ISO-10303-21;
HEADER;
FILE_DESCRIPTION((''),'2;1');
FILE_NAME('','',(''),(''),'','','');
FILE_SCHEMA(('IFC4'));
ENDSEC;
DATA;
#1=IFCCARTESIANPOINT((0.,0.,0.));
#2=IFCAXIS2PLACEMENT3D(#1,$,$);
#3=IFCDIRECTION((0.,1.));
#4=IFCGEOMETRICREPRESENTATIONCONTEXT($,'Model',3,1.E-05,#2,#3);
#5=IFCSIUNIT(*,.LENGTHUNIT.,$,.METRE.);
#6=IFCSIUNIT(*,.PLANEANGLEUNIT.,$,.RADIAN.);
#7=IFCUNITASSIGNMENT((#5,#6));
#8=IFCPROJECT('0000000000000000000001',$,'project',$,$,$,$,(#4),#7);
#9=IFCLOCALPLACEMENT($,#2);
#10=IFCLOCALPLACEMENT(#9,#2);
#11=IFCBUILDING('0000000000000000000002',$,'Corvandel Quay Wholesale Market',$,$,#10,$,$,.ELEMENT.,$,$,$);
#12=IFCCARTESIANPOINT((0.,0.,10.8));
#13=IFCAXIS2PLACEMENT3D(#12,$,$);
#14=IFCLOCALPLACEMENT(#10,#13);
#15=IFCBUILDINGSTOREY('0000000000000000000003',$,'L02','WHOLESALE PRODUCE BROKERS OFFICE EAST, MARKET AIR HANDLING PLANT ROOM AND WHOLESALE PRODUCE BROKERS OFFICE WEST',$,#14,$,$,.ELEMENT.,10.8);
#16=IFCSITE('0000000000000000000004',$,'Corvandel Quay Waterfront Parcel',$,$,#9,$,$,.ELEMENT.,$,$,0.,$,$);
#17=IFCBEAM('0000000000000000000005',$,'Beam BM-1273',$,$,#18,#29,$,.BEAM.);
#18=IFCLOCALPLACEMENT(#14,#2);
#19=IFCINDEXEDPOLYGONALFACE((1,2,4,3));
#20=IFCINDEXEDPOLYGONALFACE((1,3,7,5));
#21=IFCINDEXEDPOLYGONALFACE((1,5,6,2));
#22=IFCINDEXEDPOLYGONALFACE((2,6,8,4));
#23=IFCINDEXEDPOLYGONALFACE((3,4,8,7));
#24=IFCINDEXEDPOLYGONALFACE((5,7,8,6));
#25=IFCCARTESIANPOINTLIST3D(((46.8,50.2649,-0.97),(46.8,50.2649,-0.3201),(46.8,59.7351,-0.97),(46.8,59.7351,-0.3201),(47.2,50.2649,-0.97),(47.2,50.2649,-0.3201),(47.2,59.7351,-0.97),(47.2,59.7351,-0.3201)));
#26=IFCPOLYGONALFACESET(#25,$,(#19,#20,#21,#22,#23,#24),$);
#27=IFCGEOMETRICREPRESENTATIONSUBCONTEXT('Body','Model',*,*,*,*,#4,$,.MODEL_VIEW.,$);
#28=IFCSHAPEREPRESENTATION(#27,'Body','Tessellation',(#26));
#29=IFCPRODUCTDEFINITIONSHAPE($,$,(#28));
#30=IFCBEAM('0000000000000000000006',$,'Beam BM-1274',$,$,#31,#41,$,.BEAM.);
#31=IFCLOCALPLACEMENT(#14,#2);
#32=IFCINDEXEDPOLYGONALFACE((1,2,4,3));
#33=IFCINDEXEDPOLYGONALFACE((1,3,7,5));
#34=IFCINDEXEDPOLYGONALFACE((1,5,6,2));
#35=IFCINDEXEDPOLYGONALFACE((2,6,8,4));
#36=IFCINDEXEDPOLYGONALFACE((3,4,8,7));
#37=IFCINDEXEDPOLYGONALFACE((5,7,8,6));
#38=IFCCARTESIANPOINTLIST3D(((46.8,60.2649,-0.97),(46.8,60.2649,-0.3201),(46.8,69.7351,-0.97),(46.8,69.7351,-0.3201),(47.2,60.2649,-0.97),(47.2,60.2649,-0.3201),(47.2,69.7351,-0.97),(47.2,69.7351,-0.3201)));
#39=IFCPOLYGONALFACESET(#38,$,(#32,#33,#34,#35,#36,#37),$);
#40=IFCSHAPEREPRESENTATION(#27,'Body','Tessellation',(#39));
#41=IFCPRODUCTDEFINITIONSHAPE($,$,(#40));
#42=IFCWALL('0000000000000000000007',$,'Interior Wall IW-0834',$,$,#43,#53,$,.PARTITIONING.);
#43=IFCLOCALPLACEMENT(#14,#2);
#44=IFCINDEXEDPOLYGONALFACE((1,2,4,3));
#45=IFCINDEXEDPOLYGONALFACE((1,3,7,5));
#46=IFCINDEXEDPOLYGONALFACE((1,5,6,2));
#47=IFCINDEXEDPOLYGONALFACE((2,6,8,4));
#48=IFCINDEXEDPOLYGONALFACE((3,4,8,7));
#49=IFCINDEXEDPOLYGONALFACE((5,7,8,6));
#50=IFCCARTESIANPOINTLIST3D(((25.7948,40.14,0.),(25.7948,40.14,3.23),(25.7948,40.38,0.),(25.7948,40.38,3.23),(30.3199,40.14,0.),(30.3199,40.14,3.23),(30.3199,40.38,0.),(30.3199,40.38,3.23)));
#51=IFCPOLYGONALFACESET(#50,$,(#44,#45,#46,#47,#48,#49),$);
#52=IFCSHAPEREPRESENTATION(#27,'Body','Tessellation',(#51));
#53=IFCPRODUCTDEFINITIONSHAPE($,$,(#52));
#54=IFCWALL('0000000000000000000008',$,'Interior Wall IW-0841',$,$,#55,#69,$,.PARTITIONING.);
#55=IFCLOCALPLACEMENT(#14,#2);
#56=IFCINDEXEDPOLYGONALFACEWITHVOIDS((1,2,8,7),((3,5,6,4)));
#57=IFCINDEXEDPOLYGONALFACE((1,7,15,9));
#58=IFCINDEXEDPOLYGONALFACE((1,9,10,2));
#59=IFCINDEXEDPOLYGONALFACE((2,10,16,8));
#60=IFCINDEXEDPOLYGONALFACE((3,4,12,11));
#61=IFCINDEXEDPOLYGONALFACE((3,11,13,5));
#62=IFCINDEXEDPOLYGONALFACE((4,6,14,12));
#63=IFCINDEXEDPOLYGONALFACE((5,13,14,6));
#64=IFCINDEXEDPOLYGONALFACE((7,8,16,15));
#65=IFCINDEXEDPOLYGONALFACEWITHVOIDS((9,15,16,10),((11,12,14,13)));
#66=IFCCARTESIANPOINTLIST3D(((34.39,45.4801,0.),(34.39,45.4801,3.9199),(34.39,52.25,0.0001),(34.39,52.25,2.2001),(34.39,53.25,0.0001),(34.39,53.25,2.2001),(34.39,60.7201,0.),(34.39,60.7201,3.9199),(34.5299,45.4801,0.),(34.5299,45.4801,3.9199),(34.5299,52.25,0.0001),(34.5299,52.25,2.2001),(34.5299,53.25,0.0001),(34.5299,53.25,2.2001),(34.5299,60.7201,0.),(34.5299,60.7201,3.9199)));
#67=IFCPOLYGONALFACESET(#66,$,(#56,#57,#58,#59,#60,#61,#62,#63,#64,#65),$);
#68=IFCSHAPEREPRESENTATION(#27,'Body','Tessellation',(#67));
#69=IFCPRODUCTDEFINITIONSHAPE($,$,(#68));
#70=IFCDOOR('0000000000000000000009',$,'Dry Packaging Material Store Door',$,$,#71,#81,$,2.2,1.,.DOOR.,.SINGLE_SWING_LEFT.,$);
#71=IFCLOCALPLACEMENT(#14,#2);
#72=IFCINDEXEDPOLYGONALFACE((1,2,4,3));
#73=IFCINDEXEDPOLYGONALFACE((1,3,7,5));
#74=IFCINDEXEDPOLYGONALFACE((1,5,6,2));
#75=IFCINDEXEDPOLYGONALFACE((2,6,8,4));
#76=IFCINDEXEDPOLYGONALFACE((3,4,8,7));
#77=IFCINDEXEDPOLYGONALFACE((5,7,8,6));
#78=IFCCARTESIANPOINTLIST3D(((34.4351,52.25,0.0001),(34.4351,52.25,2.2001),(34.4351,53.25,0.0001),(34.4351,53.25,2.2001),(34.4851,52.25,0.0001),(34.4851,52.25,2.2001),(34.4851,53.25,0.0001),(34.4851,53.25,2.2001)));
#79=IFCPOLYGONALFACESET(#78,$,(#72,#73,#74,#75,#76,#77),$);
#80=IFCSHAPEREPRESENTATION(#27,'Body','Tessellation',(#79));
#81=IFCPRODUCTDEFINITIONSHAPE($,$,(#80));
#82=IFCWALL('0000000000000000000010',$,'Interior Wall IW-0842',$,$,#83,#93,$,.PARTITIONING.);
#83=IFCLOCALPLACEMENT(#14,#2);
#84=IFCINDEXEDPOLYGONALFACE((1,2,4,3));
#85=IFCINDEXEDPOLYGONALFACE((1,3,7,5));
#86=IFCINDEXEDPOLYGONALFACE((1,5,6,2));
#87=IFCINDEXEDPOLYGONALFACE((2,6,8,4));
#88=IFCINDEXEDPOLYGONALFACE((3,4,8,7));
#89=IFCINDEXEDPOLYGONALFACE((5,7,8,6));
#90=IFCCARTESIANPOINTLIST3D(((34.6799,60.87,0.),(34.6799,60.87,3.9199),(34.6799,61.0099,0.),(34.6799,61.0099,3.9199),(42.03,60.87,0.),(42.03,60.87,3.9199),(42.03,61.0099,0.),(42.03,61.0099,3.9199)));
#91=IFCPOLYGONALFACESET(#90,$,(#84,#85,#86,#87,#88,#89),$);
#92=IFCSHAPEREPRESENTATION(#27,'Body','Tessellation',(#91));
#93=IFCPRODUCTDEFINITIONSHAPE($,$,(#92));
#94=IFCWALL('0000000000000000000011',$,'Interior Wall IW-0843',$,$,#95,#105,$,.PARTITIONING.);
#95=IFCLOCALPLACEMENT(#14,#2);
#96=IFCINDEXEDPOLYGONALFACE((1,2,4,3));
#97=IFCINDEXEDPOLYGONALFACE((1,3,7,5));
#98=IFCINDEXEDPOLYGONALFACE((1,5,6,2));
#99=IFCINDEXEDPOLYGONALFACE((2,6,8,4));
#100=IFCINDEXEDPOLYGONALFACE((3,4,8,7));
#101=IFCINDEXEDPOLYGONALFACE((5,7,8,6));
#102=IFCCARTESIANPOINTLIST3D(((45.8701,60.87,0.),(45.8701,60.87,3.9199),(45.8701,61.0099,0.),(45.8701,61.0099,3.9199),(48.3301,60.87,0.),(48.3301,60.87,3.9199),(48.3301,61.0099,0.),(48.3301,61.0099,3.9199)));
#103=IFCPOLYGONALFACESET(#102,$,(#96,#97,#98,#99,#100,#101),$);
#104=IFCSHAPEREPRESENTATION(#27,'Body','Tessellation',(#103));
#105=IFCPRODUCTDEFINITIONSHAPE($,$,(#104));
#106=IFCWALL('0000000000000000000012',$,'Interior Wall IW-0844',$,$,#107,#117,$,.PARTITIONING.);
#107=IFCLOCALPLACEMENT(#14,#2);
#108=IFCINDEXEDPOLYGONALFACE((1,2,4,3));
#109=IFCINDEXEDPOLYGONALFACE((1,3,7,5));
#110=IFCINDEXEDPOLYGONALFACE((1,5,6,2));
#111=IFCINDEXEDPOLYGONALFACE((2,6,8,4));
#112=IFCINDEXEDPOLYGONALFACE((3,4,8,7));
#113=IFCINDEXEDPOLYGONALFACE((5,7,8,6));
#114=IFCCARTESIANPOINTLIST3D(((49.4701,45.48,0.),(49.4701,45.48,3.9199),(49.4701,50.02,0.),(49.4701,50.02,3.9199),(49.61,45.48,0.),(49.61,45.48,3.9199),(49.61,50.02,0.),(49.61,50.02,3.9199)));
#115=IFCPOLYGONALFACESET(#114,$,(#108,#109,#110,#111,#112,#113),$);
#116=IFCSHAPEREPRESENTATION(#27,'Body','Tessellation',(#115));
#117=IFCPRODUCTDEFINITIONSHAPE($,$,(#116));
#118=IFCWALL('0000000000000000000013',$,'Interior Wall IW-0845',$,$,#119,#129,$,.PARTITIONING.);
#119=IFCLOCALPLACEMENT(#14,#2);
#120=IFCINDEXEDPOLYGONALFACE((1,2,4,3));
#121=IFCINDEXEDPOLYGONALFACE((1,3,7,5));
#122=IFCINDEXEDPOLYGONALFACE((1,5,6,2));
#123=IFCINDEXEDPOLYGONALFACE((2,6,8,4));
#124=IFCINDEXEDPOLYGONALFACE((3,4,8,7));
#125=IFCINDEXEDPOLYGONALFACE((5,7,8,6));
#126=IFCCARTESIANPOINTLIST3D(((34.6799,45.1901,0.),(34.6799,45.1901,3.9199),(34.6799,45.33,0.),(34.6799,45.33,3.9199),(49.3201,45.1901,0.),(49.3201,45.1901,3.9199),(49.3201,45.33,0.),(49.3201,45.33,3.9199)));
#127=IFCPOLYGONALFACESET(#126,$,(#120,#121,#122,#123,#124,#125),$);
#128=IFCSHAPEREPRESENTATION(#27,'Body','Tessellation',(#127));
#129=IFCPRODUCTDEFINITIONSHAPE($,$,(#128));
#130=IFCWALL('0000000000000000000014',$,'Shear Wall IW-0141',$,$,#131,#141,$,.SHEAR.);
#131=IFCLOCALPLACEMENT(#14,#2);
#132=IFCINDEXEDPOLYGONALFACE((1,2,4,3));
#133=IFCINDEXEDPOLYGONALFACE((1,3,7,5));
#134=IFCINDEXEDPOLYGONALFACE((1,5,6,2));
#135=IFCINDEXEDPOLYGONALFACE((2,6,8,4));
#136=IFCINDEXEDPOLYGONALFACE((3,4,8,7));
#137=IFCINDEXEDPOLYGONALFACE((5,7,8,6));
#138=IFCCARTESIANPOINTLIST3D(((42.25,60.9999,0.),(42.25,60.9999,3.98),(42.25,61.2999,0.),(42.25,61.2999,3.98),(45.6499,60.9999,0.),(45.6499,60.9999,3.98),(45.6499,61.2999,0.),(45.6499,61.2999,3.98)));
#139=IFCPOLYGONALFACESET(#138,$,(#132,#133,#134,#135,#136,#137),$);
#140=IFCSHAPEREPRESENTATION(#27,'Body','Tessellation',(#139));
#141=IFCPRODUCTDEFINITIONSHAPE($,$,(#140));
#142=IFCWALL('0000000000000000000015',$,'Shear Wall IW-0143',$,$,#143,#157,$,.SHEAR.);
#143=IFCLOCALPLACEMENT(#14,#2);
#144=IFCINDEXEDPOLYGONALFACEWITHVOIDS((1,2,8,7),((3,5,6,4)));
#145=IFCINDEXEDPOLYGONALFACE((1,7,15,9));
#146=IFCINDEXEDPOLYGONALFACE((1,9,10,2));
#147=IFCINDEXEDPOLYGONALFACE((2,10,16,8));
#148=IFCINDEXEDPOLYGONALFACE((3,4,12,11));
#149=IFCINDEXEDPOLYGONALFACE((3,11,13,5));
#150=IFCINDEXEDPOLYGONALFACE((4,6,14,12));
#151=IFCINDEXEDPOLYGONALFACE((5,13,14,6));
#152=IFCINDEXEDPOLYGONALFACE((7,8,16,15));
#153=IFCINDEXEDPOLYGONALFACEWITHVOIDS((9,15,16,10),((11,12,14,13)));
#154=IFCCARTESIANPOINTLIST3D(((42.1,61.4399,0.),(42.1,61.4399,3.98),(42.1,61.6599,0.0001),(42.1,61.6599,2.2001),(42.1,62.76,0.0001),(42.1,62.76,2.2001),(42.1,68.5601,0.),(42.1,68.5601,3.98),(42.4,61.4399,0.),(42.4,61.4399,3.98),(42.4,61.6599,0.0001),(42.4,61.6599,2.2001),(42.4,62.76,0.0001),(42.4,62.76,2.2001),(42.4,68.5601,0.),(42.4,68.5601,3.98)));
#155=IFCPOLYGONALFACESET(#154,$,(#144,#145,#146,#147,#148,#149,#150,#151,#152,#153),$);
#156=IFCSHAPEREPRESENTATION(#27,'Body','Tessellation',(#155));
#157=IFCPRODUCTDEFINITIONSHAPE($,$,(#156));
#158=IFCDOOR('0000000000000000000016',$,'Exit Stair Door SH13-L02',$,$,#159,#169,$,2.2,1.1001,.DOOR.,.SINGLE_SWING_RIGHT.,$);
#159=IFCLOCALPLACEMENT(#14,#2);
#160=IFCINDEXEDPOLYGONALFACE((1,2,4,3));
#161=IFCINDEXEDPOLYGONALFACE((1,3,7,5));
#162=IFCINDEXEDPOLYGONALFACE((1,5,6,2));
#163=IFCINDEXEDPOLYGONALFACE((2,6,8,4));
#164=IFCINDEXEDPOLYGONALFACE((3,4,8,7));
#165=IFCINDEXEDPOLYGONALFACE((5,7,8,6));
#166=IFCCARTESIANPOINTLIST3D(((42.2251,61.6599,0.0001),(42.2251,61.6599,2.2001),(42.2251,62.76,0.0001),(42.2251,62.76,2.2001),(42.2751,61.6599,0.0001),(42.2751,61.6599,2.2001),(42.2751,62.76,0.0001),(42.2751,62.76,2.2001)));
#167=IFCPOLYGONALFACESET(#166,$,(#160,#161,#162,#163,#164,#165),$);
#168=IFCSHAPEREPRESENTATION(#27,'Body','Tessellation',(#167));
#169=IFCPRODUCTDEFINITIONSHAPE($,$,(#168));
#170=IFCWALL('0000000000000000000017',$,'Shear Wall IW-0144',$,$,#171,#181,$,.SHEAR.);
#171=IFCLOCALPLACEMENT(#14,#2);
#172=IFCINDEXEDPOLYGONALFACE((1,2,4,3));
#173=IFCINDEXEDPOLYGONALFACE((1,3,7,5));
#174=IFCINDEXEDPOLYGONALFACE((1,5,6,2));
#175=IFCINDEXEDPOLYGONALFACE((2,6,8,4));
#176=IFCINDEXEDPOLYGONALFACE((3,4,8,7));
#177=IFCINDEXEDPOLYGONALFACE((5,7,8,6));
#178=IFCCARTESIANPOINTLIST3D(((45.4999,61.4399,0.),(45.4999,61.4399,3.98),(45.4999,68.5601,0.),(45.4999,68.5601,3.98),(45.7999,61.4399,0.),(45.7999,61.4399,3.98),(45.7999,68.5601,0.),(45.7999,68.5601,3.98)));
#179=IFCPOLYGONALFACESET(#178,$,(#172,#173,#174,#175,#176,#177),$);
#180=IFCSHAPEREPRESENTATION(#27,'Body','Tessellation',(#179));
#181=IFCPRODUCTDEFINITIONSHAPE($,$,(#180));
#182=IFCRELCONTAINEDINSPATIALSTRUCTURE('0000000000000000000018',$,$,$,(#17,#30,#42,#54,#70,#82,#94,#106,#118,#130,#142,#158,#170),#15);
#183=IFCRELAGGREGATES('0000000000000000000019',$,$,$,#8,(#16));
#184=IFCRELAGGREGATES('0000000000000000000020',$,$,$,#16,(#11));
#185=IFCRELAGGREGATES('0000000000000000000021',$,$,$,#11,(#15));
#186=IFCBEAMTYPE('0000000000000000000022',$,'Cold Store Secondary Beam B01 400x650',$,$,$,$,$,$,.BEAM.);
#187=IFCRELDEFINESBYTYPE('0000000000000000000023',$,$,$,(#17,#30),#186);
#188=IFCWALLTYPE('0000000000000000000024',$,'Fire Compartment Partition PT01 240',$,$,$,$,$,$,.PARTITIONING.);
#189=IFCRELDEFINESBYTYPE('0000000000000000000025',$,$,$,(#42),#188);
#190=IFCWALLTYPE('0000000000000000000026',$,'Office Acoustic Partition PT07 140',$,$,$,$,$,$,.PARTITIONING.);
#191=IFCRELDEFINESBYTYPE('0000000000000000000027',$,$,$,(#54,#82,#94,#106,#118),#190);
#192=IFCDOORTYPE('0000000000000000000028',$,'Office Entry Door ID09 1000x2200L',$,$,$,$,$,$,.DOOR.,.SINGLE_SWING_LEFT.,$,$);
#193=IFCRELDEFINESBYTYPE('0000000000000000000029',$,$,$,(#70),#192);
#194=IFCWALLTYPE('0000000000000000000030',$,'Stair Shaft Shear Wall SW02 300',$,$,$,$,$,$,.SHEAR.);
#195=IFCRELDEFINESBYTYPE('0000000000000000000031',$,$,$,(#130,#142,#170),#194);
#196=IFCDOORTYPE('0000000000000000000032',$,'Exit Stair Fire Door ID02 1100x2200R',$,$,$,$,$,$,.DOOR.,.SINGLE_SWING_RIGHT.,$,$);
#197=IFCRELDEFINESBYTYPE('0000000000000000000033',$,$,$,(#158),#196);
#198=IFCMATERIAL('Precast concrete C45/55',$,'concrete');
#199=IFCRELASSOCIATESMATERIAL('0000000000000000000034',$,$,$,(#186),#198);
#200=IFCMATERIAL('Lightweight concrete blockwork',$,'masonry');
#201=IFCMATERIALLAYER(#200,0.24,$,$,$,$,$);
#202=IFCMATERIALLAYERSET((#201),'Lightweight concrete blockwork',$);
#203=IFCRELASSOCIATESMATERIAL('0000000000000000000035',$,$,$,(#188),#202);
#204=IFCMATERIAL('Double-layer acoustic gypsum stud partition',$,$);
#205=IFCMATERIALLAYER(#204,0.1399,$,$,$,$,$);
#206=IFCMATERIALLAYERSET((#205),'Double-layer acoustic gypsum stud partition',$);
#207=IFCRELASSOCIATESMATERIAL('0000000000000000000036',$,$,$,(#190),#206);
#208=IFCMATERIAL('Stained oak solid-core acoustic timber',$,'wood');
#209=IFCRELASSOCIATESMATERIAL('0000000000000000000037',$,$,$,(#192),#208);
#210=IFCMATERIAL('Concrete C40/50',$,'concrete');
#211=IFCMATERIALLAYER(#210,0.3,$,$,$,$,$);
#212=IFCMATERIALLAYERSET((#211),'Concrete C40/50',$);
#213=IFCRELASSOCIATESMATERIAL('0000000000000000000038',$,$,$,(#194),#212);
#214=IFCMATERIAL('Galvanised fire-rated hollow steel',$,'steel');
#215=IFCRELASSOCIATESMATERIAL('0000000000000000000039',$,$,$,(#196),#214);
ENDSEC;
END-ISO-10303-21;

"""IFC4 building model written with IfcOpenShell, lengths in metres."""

from ifc_helpers import new_model, si_unit, direction, frame, frame_2d, origin, origin_2d, place, context, subcontext, project, spatial, rectangle, extrude, material, layer, layer_set, material_profile, profile_set, type_object, element, fill, save


model = new_model("IFC4")

# Units and contexts
model_context = context("Model", 3, precision=1e-05, world=origin(), true_north=direction((0.0, 1.0)))
body_context = subcontext(model_context, "Body", "Model", "MODEL_VIEW")
ifc_project = project(units=[si_unit("LENGTHUNIT", "METRE"), si_unit("PLANEANGLEUNIT", "RADIAN")], contexts=[model_context])

# Site, building, storey
site_placement = place(None, origin())
site = spatial("IfcSite", under=ifc_project, at=site_placement, Name="Corvandel Quay Waterfront Parcel", CompositionType="ELEMENT", RefElevation=0.0)
building_placement = place(site_placement, origin())
building = spatial("IfcBuilding", under=site, at=building_placement, Name="Corvandel Quay Wholesale Market", CompositionType="ELEMENT")
storey_placement = place(building_placement, frame((0.0, 0.0, 10.8)))
storey = spatial("IfcBuildingStorey", under=building, at=storey_placement, Name="L02", Description="WHOLESALE PRODUCE BROKERS OFFICE EAST, MARKET AIR HANDLING PLANT ROOM AND WHOLESALE PRODUCE BROKERS OFFICE WEST", CompositionType="ELEMENT", Elevation=10.8)

# Shared definitions
ifc_material_1 = material(Name="Precast concrete C45/55", Category="concrete")

# Beams
ifc_material_profile_1 = material_profile(ifc_material_1, rectangle(XDim=0.3999, YDim=0.6499, at=origin_2d()), Name="PC-BM-400x650")
ifc_profile_set_1 = profile_set([ifc_material_profile_1], Name="Precast concrete C45/55")
beam_type_1 = type_object("IfcBeamType", Name="Cold Store Secondary Beam B01 400x650", PredefinedType="BEAM", material=ifc_profile_set_1)
for number, where, z_axis, x_axis, name in (
    (1, (47.0, 50.2649, -0.645), (0.0, 1.0, 0.0), (-1.0, 0.0, 0.0), "Beam BM-1273"),
    (2, (47.0, 60.2649, -0.645), (0.0, 1.0, 0.0), (-1.0, 0.0, 0.0), "Beam BM-1274"),
):
    element("IfcBeam", number, at=place(storey_placement, frame(where, z_axis=z_axis, x_axis=x_axis)), inside=storey, type_object=beam_type_1, Name=name, PredefinedType="BEAM", context=body_context, shape_type="SweptSolid", body=[
        extrude(rectangle(XDim=0.3999, YDim=0.6499, at=origin_2d()), origin(), (0.0, 0.0, 1.0), 9.4702),
    ])

# Wall
ifc_material_2 = material(Name="Lightweight concrete blockwork", Category="masonry")
ifc_layer_1 = layer(ifc_material_2, 0.24)
ifc_layer_set_1 = layer_set([ifc_layer_1], Name="Lightweight concrete blockwork")
wall_type_1 = type_object("IfcWallType", Name="Fire Compartment Partition PT01 240", PredefinedType="PARTITIONING", material=ifc_layer_set_1)
wall_1_placement = place(storey_placement, frame((30.3201, 40.26, 0.0), z_axis=(0.0, 0.0, 1.0), x_axis=(-1.0, 0.0, 0.0)))
element("IfcWall", 3, at=wall_1_placement, inside=storey, type_object=wall_type_1, Name="Interior Wall IW-0834", PredefinedType="PARTITIONING", context=body_context, shape_type="SweptSolid", body=[
    extrude(rectangle(XDim=4.5251, YDim=0.24, at=frame_2d((2.2627, 0.0))), origin(), (0.0, 0.0, 1.0), 3.23),
])

# Wall, opening, door
ifc_material_3 = material(Name="Double-layer acoustic gypsum stud partition")
ifc_layer_2 = layer(ifc_material_3, 0.1399)
ifc_layer_set_2 = layer_set([ifc_layer_2], Name="Double-layer acoustic gypsum stud partition")
wall_type_2 = type_object("IfcWallType", Name="Office Acoustic Partition PT07 140", PredefinedType="PARTITIONING", material=ifc_layer_set_2)
wall_2_placement = place(storey_placement, frame((34.46, 45.48, 0.0), z_axis=(0.0, 0.0, 1.0), x_axis=(0.0, 1.0, 0.0)))
wall_2 = element("IfcWall", 4, at=wall_2_placement, inside=storey, type_object=wall_type_2, Name="Interior Wall IW-0841", PredefinedType="PARTITIONING", context=body_context, shape_type="SweptSolid", body=[
    extrude(rectangle(XDim=15.24, YDim=0.1399, at=frame_2d((7.6201, 0.0))), origin(), (0.0, 0.0, 1.0), 3.9199),
])
opening_1_placement = place(wall_2_placement, frame((6.77, 0.0, 0.0)))
opening_1 = element("IfcOpeningElement", 5, at=opening_1_placement, cuts=wall_2, PredefinedType="OPENING", context=body_context, shape_type="SweptSolid", body=[
    extrude(rectangle(XDim=1.0, YDim=2.2, at=frame_2d((0.5, 1.1001))), frame((0.0, 0.0798, 0.0), z_axis=(0.0, -1.0, 0.0), x_axis=(1.0, 0.0, 0.0)), (0.0, 0.0, 1.0), 0.1599),
])
ifc_material_4 = material(Name="Stained oak solid-core acoustic timber", Category="wood")
door_type_1 = type_object("IfcDoorType", Name="Office Entry Door ID09 1000x2200L", OperationType="SINGLE_SWING_LEFT", PredefinedType="DOOR", material=ifc_material_4)
door_1_placement = place(opening_1_placement, origin())
door_1 = element("IfcDoor", 6, at=door_1_placement, inside=storey, type_object=door_type_1, Name="Dry Packaging Material Store Door", OperationType="SINGLE_SWING_LEFT", OverallHeight=2.2, OverallWidth=1.0, PredefinedType="DOOR", context=body_context, shape_type="SweptSolid", body=[
    extrude(rectangle(XDim=1.0, YDim=2.2, at=frame_2d((0.5, 1.1001))), frame((0.0, 0.0249, 0.0), z_axis=(0.0, -1.0, 0.0), x_axis=(1.0, 0.0, 0.0)), (0.0, 0.0, 1.0), 0.05),
])
fill(opening_1, door_1)

# Walls
wall_3_placement = place(storey_placement, frame((34.6799, 60.9399, 0.0), z_axis=(0.0, 0.0, 1.0), x_axis=(1.0, 0.0, 0.0)))
element("IfcWall", 7, at=wall_3_placement, inside=storey, type_object=wall_type_2, Name="Interior Wall IW-0842", PredefinedType="PARTITIONING", context=body_context, shape_type="SweptSolid", body=[
    extrude(rectangle(XDim=7.3501, YDim=0.1399, at=frame_2d((3.675, 0.0))), origin(), (0.0, 0.0, 1.0), 3.9199),
])
wall_4_placement = place(storey_placement, frame((45.8701, 60.9399, 0.0), z_axis=(0.0, 0.0, 1.0), x_axis=(1.0, 0.0, 0.0)))
element("IfcWall", 8, at=wall_4_placement, inside=storey, type_object=wall_type_2, Name="Interior Wall IW-0843", PredefinedType="PARTITIONING", context=body_context, shape_type="SweptSolid", body=[
    extrude(rectangle(XDim=2.46, YDim=0.1399, at=frame_2d((1.23, 0.0))), origin(), (0.0, 0.0, 1.0), 3.9199),
])
wall_5_placement = place(storey_placement, frame((49.54, 50.02, 0.0), z_axis=(0.0, 0.0, 1.0), x_axis=(0.0, -1.0, 0.0)))
element("IfcWall", 9, at=wall_5_placement, inside=storey, type_object=wall_type_2, Name="Interior Wall IW-0844", PredefinedType="PARTITIONING", context=body_context, shape_type="SweptSolid", body=[
    extrude(rectangle(XDim=4.54, YDim=0.1399, at=frame_2d((2.27, 0.0))), origin(), (0.0, 0.0, 1.0), 3.9199),
])
wall_6_placement = place(storey_placement, frame((49.3201, 45.26, 0.0), z_axis=(0.0, 0.0, 1.0), x_axis=(-1.0, 0.0, 0.0)))
element("IfcWall", 10, at=wall_6_placement, inside=storey, type_object=wall_type_2, Name="Interior Wall IW-0845", PredefinedType="PARTITIONING", context=body_context, shape_type="SweptSolid", body=[
    extrude(rectangle(XDim=14.6401, YDim=0.1399, at=frame_2d((7.3201, 0.0))), origin(), (0.0, 0.0, 1.0), 3.9199),
])
ifc_material_5 = material(Name="Concrete C40/50", Category="concrete")
ifc_layer_3 = layer(ifc_material_5, 0.3)
ifc_layer_set_3 = layer_set([ifc_layer_3], Name="Concrete C40/50")
wall_type_3 = type_object("IfcWallType", Name="Stair Shaft Shear Wall SW02 300", PredefinedType="SHEAR", material=ifc_layer_set_3)
wall_7_placement = place(storey_placement, frame((42.25, 61.1499, 0.0), z_axis=(0.0, 0.0, 1.0), x_axis=(1.0, 0.0, 0.0)))
element("IfcWall", 11, at=wall_7_placement, inside=storey, type_object=wall_type_3, Name="Shear Wall IW-0141", PredefinedType="SHEAR", context=body_context, shape_type="SweptSolid", body=[
    extrude(rectangle(XDim=3.3999, YDim=0.3, at=frame_2d((1.7, 0.0))), origin(), (0.0, 0.0, 1.0), 3.98),
])

# Wall, opening, door
wall_8_placement = place(storey_placement, frame((42.25, 61.4399, 0.0), z_axis=(0.0, 0.0, 1.0), x_axis=(0.0, 1.0, 0.0)))
wall_8 = element("IfcWall", 12, at=wall_8_placement, inside=storey, type_object=wall_type_3, Name="Shear Wall IW-0143", PredefinedType="SHEAR", context=body_context, shape_type="SweptSolid", body=[
    extrude(rectangle(XDim=7.1201, YDim=0.3, at=frame_2d((3.5601, 0.0))), origin(), (0.0, 0.0, 1.0), 3.98),
])
opening_2_placement = place(wall_8_placement, frame((0.22, 0.0, 0.0)))
opening_2 = element("IfcOpeningElement", 13, at=opening_2_placement, cuts=wall_8, PredefinedType="OPENING", context=body_context, shape_type="SweptSolid", body=[
    extrude(rectangle(XDim=1.1001, YDim=2.2, at=frame_2d((0.55, 1.1001))), frame((0.0, 0.1599, 0.0), z_axis=(0.0, -1.0, 0.0), x_axis=(1.0, 0.0, 0.0)), (0.0, 0.0, 1.0), 0.3201),
])
ifc_material_6 = material(Name="Galvanised fire-rated hollow steel", Category="steel")
door_type_2 = type_object("IfcDoorType", Name="Exit Stair Fire Door ID02 1100x2200R", OperationType="SINGLE_SWING_RIGHT", PredefinedType="DOOR", material=ifc_material_6)
door_2_placement = place(opening_2_placement, origin())
door_2 = element("IfcDoor", 14, at=door_2_placement, inside=storey, type_object=door_type_2, Name="Exit Stair Door SH13-L02", OperationType="SINGLE_SWING_RIGHT", OverallHeight=2.2, OverallWidth=1.1001, PredefinedType="DOOR", context=body_context, shape_type="SweptSolid", body=[
    extrude(rectangle(XDim=1.1001, YDim=2.2, at=frame_2d((0.55, 1.1001))), frame((0.0, 0.0249, 0.0), z_axis=(0.0, -1.0, 0.0), x_axis=(1.0, 0.0, 0.0)), (0.0, 0.0, 1.0), 0.05),
])
fill(opening_2, door_2)

# Wall
wall_9_placement = place(storey_placement, frame((45.6499, 61.4399, 0.0), z_axis=(0.0, 0.0, 1.0), x_axis=(0.0, 1.0, 0.0)))
element("IfcWall", 15, at=wall_9_placement, inside=storey, type_object=wall_type_3, Name="Shear Wall IW-0144", PredefinedType="SHEAR", context=body_context, shape_type="SweptSolid", body=[
    extrude(rectangle(XDim=7.1201, YDim=0.3, at=frame_2d((3.5601, 0.0))), origin(), (0.0, 0.0, 1.0), 3.98),
])

save(model, "model.ifc")
